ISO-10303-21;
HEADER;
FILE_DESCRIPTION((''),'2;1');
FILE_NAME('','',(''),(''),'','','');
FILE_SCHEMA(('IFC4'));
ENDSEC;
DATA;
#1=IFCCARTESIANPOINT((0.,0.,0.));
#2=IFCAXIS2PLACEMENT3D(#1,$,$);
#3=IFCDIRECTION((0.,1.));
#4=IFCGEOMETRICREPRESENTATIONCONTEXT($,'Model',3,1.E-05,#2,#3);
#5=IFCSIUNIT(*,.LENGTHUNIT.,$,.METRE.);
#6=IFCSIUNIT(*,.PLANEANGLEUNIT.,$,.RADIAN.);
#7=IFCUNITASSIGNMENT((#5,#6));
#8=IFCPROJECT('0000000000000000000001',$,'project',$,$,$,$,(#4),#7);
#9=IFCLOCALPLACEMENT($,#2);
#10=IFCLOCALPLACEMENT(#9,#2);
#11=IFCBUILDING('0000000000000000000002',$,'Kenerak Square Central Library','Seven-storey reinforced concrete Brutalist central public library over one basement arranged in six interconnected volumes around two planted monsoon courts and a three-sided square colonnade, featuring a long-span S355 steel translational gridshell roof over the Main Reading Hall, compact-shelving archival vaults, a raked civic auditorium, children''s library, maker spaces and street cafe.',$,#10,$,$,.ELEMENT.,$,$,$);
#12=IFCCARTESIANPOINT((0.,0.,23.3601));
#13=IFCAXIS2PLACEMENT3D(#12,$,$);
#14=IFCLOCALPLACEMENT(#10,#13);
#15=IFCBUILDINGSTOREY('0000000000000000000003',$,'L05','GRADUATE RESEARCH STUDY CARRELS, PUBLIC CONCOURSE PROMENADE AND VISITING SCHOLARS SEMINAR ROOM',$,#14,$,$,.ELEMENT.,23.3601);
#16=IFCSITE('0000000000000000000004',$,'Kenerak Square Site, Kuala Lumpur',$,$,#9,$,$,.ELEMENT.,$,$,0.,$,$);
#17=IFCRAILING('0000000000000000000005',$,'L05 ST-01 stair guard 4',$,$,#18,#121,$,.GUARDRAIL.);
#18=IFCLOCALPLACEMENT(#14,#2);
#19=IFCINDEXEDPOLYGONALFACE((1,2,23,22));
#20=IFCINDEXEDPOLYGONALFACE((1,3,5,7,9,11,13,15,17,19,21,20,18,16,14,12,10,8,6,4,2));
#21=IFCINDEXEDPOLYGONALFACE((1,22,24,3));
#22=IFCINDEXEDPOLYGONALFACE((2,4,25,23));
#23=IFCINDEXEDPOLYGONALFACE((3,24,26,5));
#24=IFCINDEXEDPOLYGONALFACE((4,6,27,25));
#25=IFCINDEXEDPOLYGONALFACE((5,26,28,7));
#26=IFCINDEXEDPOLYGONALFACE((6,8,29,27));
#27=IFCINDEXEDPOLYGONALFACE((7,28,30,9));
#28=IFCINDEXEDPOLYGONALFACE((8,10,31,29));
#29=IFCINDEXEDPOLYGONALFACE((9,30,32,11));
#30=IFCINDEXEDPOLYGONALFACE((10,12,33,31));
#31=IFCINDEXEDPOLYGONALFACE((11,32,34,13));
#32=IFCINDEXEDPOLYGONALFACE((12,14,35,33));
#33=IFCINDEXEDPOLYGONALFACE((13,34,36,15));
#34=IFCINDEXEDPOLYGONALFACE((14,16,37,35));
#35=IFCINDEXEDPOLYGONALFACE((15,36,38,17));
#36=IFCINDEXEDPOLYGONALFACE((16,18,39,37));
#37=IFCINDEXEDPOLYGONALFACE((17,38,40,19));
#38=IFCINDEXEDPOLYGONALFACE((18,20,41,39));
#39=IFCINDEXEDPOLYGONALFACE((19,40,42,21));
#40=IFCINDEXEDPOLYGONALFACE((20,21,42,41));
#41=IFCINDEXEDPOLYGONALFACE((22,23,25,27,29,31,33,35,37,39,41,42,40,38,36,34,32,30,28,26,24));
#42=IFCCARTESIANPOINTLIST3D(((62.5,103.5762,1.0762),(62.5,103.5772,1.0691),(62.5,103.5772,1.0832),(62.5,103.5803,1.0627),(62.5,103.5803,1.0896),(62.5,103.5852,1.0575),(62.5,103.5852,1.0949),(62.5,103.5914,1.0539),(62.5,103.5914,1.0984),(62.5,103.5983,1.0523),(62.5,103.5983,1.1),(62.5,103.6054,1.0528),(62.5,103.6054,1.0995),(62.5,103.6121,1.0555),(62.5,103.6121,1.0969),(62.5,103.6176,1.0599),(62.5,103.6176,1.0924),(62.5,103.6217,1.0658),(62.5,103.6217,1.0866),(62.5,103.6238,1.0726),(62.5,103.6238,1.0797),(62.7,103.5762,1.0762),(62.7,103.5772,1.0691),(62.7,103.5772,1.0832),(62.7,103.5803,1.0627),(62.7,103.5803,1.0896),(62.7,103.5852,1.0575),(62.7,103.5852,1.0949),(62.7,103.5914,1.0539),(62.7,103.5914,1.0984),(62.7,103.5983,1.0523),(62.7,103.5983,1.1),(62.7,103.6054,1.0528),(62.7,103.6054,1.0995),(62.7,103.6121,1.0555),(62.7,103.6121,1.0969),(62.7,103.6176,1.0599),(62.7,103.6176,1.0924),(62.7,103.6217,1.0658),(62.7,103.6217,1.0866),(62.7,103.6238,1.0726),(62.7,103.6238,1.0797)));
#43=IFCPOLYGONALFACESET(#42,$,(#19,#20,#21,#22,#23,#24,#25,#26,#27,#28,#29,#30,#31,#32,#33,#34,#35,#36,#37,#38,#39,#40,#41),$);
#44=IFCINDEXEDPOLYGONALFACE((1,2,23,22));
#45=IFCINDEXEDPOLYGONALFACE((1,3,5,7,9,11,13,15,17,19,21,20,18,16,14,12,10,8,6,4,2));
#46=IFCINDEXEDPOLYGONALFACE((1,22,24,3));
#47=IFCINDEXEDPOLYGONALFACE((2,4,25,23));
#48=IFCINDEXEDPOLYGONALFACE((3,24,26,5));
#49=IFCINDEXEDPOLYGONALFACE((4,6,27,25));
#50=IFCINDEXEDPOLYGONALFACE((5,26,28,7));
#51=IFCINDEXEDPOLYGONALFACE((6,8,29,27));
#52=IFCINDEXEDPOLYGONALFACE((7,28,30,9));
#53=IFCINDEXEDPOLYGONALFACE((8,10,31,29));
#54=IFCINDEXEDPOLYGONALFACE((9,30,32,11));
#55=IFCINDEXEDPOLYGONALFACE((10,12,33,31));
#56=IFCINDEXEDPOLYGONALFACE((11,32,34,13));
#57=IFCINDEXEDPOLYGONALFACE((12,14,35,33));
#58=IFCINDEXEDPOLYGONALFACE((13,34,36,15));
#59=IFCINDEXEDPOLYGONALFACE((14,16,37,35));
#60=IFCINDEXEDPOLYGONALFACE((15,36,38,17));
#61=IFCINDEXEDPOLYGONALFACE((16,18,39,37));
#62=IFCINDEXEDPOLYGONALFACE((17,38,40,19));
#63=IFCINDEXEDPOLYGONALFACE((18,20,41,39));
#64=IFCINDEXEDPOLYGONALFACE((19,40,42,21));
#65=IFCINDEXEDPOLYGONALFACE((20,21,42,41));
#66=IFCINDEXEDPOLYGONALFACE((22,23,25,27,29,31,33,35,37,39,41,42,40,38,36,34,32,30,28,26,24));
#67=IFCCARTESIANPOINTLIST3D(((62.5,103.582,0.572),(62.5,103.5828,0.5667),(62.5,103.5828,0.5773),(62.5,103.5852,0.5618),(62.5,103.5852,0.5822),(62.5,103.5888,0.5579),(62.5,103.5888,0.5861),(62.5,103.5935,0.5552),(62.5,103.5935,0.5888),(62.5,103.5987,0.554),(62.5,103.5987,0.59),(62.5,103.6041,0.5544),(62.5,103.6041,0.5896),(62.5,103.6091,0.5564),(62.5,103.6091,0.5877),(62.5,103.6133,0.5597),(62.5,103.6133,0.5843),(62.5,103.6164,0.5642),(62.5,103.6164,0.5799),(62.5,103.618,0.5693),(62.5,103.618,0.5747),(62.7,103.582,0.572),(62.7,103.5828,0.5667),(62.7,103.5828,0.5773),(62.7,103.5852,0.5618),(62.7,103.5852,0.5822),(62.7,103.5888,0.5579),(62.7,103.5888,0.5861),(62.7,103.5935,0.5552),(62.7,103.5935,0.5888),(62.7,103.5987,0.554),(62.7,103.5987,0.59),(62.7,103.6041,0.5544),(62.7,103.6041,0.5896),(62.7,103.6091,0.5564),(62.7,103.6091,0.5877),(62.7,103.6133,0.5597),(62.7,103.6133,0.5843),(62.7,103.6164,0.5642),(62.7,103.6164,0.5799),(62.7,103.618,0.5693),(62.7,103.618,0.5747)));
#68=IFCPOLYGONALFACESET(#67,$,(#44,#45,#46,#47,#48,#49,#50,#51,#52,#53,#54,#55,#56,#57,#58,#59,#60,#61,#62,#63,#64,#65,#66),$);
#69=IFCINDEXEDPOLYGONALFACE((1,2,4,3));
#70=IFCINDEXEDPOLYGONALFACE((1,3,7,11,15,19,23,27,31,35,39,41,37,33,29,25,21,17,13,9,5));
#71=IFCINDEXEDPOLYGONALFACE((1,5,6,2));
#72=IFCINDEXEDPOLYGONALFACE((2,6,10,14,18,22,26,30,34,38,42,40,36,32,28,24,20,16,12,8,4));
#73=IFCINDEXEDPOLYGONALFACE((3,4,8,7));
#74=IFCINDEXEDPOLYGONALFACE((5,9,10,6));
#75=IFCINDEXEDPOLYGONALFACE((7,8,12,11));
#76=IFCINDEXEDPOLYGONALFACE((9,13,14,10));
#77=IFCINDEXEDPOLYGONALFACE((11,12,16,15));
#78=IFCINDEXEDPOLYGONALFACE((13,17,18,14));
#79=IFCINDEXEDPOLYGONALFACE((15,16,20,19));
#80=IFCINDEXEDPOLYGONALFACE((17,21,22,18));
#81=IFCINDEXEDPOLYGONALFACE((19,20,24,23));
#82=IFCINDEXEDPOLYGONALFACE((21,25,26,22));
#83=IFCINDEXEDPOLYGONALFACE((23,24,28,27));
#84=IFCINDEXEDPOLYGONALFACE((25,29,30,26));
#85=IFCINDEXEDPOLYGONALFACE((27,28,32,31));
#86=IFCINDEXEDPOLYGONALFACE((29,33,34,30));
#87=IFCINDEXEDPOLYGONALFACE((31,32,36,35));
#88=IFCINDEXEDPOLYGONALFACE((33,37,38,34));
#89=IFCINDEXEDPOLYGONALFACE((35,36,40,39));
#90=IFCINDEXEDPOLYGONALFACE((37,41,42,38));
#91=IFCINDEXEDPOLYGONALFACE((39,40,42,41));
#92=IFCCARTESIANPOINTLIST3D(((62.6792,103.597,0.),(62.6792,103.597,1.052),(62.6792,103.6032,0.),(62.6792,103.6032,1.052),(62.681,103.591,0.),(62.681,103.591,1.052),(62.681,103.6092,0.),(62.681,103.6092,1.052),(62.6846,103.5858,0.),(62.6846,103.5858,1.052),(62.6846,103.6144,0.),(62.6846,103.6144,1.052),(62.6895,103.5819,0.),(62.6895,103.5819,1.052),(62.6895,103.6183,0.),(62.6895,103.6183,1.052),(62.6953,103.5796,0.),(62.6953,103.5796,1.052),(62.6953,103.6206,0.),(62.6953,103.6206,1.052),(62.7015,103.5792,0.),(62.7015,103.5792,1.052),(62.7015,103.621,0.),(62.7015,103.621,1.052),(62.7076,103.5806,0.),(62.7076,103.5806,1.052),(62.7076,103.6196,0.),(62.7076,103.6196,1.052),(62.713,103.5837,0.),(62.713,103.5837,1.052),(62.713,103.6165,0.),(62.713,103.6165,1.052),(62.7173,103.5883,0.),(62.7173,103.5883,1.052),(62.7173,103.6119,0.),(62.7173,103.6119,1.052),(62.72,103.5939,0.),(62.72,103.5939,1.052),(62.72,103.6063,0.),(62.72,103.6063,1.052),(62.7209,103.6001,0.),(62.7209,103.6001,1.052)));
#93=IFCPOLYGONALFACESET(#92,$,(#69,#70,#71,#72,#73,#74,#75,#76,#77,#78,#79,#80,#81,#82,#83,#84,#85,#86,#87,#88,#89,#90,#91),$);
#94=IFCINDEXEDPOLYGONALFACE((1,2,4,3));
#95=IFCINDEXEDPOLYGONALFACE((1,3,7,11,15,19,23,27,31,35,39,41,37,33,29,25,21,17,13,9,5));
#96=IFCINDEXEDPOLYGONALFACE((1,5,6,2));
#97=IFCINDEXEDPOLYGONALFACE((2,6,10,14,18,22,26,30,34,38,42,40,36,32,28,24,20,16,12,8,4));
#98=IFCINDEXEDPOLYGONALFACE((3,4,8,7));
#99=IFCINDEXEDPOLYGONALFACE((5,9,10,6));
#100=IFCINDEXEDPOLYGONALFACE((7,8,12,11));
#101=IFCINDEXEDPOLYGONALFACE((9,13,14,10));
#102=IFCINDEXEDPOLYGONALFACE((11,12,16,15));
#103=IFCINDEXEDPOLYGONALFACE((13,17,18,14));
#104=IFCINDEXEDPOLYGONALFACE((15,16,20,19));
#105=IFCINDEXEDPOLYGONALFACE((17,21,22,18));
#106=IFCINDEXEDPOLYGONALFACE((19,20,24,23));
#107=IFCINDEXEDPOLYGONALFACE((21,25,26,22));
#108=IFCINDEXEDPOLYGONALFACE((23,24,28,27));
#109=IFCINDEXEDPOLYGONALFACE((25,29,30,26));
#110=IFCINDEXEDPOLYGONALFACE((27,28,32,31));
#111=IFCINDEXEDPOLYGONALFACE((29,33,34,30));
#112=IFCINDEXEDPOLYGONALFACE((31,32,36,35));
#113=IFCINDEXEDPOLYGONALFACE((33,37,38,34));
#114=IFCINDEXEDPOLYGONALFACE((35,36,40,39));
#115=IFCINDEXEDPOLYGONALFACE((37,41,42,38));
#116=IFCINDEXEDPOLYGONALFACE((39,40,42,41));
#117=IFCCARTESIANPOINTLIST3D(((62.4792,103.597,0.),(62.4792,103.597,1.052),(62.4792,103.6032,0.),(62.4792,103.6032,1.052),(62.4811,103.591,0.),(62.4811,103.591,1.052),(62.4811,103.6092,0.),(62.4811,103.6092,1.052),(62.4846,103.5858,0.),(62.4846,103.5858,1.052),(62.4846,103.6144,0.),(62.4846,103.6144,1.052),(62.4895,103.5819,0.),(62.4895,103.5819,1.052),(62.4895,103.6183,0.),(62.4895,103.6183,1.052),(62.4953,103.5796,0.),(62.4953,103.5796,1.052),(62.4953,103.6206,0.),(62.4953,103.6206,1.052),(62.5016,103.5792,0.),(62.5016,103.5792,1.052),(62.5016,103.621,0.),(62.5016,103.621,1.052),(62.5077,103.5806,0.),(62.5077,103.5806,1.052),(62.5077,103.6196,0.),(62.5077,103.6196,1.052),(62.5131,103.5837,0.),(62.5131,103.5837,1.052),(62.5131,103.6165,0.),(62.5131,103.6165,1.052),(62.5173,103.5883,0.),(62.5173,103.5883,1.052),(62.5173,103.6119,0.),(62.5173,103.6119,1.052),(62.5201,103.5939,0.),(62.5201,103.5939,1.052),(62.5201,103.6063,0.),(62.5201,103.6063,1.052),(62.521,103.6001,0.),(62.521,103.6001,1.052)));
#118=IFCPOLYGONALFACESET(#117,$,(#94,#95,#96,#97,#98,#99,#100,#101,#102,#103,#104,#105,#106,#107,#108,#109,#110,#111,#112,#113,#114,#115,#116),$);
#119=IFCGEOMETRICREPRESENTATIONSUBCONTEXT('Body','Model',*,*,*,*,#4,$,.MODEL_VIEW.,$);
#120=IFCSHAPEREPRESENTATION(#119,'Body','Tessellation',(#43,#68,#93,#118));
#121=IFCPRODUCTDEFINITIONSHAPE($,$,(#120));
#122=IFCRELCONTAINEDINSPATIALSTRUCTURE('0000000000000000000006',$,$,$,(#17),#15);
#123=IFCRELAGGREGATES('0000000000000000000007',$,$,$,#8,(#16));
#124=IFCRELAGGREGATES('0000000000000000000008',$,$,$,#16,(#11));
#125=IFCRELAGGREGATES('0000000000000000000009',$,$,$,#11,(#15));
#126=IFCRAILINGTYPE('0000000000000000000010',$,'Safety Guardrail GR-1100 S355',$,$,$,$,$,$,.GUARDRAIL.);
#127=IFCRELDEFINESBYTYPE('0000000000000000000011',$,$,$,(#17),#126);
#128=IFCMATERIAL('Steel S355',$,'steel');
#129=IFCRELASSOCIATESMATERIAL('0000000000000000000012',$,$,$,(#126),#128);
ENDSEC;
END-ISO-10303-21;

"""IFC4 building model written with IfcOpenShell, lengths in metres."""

from ifc_helpers import new_model, si_unit, direction, frame, origin, origin_2d, place, context, subcontext, project, spatial, circle, extrude, material, type_object, element, save


model = new_model("IFC4")

# Units and contexts
model_context = context("Model", 3, precision=1e-05, world=origin(), true_north=direction((0.0, 1.0)))
body_context = subcontext(model_context, "Body", "Model", "MODEL_VIEW")
ifc_project = project(units=[si_unit("LENGTHUNIT", "METRE"), si_unit("PLANEANGLEUNIT", "RADIAN")], contexts=[model_context])

# Site, building, storey
site_placement = place(None, origin())
site = spatial("IfcSite", under=ifc_project, at=site_placement, Name="Kenerak Square Site, Kuala Lumpur", CompositionType="ELEMENT", RefElevation=0.0)
building_placement = place(site_placement, origin())
building = spatial("IfcBuilding", under=site, at=building_placement, Name="Kenerak Square Central Library", Description="Seven-storey reinforced concrete Brutalist central public library over one basement arranged in six interconnected volumes around two planted monsoon courts and a three-sided square colonnade, featuring a long-span S355 steel translational gridshell roof over the Main Reading Hall, compact-shelving archival vaults, a raked civic auditorium, children's library, maker spaces and street cafe.", CompositionType="ELEMENT")
storey_placement = place(building_placement, frame((0.0, 0.0, 23.3601)))
storey = spatial("IfcBuildingStorey", under=building, at=storey_placement, Name="L05", Description="GRADUATE RESEARCH STUDY CARRELS, PUBLIC CONCOURSE PROMENADE AND VISITING SCHOLARS SEMINAR ROOM", CompositionType="ELEMENT", Elevation=23.3601)

# Shared definitions
ifc_material_1 = material(Name="Steel S355", Category="steel")

# Railing
railing_type_1 = type_object("IfcRailingType", Name="Safety Guardrail GR-1100 S355", PredefinedType="GUARDRAIL", material=ifc_material_1)
railing_1_placement = place(storey_placement, frame((62.7, 103.6001, 0.0)))
element("IfcRailing", 1, at=railing_1_placement, inside=storey, type_object=railing_type_1, Name="L05 ST-01 stair guard 4", PredefinedType="GUARDRAIL", context=body_context, shape_type="SweptSolid", body=[
    extrude(circle(Radius=0.0239, at=origin_2d()), frame((0.0, 0.0, 1.0762), z_axis=(-1.0, 0.0, 0.0), x_axis=(0.0, -1.0, 0.0)), (0.0, 0.0, 1.0), 0.2),
    extrude(circle(Radius=0.0181, at=origin_2d()), frame((0.0, 0.0, 0.572), z_axis=(-1.0, 0.0, 0.0), x_axis=(0.0, -1.0, 0.0)), (0.0, 0.0, 1.0), 0.2),
    extrude(circle(Radius=0.021, at=origin_2d()), origin(), (0.0, 0.0, 1.0), 1.052),
    extrude(circle(Radius=0.021, at=origin_2d()), frame((-0.2, 0.0, 0.0)), (0.0, 0.0, 1.0), 1.052),
])

save(model, "model.ifc")
